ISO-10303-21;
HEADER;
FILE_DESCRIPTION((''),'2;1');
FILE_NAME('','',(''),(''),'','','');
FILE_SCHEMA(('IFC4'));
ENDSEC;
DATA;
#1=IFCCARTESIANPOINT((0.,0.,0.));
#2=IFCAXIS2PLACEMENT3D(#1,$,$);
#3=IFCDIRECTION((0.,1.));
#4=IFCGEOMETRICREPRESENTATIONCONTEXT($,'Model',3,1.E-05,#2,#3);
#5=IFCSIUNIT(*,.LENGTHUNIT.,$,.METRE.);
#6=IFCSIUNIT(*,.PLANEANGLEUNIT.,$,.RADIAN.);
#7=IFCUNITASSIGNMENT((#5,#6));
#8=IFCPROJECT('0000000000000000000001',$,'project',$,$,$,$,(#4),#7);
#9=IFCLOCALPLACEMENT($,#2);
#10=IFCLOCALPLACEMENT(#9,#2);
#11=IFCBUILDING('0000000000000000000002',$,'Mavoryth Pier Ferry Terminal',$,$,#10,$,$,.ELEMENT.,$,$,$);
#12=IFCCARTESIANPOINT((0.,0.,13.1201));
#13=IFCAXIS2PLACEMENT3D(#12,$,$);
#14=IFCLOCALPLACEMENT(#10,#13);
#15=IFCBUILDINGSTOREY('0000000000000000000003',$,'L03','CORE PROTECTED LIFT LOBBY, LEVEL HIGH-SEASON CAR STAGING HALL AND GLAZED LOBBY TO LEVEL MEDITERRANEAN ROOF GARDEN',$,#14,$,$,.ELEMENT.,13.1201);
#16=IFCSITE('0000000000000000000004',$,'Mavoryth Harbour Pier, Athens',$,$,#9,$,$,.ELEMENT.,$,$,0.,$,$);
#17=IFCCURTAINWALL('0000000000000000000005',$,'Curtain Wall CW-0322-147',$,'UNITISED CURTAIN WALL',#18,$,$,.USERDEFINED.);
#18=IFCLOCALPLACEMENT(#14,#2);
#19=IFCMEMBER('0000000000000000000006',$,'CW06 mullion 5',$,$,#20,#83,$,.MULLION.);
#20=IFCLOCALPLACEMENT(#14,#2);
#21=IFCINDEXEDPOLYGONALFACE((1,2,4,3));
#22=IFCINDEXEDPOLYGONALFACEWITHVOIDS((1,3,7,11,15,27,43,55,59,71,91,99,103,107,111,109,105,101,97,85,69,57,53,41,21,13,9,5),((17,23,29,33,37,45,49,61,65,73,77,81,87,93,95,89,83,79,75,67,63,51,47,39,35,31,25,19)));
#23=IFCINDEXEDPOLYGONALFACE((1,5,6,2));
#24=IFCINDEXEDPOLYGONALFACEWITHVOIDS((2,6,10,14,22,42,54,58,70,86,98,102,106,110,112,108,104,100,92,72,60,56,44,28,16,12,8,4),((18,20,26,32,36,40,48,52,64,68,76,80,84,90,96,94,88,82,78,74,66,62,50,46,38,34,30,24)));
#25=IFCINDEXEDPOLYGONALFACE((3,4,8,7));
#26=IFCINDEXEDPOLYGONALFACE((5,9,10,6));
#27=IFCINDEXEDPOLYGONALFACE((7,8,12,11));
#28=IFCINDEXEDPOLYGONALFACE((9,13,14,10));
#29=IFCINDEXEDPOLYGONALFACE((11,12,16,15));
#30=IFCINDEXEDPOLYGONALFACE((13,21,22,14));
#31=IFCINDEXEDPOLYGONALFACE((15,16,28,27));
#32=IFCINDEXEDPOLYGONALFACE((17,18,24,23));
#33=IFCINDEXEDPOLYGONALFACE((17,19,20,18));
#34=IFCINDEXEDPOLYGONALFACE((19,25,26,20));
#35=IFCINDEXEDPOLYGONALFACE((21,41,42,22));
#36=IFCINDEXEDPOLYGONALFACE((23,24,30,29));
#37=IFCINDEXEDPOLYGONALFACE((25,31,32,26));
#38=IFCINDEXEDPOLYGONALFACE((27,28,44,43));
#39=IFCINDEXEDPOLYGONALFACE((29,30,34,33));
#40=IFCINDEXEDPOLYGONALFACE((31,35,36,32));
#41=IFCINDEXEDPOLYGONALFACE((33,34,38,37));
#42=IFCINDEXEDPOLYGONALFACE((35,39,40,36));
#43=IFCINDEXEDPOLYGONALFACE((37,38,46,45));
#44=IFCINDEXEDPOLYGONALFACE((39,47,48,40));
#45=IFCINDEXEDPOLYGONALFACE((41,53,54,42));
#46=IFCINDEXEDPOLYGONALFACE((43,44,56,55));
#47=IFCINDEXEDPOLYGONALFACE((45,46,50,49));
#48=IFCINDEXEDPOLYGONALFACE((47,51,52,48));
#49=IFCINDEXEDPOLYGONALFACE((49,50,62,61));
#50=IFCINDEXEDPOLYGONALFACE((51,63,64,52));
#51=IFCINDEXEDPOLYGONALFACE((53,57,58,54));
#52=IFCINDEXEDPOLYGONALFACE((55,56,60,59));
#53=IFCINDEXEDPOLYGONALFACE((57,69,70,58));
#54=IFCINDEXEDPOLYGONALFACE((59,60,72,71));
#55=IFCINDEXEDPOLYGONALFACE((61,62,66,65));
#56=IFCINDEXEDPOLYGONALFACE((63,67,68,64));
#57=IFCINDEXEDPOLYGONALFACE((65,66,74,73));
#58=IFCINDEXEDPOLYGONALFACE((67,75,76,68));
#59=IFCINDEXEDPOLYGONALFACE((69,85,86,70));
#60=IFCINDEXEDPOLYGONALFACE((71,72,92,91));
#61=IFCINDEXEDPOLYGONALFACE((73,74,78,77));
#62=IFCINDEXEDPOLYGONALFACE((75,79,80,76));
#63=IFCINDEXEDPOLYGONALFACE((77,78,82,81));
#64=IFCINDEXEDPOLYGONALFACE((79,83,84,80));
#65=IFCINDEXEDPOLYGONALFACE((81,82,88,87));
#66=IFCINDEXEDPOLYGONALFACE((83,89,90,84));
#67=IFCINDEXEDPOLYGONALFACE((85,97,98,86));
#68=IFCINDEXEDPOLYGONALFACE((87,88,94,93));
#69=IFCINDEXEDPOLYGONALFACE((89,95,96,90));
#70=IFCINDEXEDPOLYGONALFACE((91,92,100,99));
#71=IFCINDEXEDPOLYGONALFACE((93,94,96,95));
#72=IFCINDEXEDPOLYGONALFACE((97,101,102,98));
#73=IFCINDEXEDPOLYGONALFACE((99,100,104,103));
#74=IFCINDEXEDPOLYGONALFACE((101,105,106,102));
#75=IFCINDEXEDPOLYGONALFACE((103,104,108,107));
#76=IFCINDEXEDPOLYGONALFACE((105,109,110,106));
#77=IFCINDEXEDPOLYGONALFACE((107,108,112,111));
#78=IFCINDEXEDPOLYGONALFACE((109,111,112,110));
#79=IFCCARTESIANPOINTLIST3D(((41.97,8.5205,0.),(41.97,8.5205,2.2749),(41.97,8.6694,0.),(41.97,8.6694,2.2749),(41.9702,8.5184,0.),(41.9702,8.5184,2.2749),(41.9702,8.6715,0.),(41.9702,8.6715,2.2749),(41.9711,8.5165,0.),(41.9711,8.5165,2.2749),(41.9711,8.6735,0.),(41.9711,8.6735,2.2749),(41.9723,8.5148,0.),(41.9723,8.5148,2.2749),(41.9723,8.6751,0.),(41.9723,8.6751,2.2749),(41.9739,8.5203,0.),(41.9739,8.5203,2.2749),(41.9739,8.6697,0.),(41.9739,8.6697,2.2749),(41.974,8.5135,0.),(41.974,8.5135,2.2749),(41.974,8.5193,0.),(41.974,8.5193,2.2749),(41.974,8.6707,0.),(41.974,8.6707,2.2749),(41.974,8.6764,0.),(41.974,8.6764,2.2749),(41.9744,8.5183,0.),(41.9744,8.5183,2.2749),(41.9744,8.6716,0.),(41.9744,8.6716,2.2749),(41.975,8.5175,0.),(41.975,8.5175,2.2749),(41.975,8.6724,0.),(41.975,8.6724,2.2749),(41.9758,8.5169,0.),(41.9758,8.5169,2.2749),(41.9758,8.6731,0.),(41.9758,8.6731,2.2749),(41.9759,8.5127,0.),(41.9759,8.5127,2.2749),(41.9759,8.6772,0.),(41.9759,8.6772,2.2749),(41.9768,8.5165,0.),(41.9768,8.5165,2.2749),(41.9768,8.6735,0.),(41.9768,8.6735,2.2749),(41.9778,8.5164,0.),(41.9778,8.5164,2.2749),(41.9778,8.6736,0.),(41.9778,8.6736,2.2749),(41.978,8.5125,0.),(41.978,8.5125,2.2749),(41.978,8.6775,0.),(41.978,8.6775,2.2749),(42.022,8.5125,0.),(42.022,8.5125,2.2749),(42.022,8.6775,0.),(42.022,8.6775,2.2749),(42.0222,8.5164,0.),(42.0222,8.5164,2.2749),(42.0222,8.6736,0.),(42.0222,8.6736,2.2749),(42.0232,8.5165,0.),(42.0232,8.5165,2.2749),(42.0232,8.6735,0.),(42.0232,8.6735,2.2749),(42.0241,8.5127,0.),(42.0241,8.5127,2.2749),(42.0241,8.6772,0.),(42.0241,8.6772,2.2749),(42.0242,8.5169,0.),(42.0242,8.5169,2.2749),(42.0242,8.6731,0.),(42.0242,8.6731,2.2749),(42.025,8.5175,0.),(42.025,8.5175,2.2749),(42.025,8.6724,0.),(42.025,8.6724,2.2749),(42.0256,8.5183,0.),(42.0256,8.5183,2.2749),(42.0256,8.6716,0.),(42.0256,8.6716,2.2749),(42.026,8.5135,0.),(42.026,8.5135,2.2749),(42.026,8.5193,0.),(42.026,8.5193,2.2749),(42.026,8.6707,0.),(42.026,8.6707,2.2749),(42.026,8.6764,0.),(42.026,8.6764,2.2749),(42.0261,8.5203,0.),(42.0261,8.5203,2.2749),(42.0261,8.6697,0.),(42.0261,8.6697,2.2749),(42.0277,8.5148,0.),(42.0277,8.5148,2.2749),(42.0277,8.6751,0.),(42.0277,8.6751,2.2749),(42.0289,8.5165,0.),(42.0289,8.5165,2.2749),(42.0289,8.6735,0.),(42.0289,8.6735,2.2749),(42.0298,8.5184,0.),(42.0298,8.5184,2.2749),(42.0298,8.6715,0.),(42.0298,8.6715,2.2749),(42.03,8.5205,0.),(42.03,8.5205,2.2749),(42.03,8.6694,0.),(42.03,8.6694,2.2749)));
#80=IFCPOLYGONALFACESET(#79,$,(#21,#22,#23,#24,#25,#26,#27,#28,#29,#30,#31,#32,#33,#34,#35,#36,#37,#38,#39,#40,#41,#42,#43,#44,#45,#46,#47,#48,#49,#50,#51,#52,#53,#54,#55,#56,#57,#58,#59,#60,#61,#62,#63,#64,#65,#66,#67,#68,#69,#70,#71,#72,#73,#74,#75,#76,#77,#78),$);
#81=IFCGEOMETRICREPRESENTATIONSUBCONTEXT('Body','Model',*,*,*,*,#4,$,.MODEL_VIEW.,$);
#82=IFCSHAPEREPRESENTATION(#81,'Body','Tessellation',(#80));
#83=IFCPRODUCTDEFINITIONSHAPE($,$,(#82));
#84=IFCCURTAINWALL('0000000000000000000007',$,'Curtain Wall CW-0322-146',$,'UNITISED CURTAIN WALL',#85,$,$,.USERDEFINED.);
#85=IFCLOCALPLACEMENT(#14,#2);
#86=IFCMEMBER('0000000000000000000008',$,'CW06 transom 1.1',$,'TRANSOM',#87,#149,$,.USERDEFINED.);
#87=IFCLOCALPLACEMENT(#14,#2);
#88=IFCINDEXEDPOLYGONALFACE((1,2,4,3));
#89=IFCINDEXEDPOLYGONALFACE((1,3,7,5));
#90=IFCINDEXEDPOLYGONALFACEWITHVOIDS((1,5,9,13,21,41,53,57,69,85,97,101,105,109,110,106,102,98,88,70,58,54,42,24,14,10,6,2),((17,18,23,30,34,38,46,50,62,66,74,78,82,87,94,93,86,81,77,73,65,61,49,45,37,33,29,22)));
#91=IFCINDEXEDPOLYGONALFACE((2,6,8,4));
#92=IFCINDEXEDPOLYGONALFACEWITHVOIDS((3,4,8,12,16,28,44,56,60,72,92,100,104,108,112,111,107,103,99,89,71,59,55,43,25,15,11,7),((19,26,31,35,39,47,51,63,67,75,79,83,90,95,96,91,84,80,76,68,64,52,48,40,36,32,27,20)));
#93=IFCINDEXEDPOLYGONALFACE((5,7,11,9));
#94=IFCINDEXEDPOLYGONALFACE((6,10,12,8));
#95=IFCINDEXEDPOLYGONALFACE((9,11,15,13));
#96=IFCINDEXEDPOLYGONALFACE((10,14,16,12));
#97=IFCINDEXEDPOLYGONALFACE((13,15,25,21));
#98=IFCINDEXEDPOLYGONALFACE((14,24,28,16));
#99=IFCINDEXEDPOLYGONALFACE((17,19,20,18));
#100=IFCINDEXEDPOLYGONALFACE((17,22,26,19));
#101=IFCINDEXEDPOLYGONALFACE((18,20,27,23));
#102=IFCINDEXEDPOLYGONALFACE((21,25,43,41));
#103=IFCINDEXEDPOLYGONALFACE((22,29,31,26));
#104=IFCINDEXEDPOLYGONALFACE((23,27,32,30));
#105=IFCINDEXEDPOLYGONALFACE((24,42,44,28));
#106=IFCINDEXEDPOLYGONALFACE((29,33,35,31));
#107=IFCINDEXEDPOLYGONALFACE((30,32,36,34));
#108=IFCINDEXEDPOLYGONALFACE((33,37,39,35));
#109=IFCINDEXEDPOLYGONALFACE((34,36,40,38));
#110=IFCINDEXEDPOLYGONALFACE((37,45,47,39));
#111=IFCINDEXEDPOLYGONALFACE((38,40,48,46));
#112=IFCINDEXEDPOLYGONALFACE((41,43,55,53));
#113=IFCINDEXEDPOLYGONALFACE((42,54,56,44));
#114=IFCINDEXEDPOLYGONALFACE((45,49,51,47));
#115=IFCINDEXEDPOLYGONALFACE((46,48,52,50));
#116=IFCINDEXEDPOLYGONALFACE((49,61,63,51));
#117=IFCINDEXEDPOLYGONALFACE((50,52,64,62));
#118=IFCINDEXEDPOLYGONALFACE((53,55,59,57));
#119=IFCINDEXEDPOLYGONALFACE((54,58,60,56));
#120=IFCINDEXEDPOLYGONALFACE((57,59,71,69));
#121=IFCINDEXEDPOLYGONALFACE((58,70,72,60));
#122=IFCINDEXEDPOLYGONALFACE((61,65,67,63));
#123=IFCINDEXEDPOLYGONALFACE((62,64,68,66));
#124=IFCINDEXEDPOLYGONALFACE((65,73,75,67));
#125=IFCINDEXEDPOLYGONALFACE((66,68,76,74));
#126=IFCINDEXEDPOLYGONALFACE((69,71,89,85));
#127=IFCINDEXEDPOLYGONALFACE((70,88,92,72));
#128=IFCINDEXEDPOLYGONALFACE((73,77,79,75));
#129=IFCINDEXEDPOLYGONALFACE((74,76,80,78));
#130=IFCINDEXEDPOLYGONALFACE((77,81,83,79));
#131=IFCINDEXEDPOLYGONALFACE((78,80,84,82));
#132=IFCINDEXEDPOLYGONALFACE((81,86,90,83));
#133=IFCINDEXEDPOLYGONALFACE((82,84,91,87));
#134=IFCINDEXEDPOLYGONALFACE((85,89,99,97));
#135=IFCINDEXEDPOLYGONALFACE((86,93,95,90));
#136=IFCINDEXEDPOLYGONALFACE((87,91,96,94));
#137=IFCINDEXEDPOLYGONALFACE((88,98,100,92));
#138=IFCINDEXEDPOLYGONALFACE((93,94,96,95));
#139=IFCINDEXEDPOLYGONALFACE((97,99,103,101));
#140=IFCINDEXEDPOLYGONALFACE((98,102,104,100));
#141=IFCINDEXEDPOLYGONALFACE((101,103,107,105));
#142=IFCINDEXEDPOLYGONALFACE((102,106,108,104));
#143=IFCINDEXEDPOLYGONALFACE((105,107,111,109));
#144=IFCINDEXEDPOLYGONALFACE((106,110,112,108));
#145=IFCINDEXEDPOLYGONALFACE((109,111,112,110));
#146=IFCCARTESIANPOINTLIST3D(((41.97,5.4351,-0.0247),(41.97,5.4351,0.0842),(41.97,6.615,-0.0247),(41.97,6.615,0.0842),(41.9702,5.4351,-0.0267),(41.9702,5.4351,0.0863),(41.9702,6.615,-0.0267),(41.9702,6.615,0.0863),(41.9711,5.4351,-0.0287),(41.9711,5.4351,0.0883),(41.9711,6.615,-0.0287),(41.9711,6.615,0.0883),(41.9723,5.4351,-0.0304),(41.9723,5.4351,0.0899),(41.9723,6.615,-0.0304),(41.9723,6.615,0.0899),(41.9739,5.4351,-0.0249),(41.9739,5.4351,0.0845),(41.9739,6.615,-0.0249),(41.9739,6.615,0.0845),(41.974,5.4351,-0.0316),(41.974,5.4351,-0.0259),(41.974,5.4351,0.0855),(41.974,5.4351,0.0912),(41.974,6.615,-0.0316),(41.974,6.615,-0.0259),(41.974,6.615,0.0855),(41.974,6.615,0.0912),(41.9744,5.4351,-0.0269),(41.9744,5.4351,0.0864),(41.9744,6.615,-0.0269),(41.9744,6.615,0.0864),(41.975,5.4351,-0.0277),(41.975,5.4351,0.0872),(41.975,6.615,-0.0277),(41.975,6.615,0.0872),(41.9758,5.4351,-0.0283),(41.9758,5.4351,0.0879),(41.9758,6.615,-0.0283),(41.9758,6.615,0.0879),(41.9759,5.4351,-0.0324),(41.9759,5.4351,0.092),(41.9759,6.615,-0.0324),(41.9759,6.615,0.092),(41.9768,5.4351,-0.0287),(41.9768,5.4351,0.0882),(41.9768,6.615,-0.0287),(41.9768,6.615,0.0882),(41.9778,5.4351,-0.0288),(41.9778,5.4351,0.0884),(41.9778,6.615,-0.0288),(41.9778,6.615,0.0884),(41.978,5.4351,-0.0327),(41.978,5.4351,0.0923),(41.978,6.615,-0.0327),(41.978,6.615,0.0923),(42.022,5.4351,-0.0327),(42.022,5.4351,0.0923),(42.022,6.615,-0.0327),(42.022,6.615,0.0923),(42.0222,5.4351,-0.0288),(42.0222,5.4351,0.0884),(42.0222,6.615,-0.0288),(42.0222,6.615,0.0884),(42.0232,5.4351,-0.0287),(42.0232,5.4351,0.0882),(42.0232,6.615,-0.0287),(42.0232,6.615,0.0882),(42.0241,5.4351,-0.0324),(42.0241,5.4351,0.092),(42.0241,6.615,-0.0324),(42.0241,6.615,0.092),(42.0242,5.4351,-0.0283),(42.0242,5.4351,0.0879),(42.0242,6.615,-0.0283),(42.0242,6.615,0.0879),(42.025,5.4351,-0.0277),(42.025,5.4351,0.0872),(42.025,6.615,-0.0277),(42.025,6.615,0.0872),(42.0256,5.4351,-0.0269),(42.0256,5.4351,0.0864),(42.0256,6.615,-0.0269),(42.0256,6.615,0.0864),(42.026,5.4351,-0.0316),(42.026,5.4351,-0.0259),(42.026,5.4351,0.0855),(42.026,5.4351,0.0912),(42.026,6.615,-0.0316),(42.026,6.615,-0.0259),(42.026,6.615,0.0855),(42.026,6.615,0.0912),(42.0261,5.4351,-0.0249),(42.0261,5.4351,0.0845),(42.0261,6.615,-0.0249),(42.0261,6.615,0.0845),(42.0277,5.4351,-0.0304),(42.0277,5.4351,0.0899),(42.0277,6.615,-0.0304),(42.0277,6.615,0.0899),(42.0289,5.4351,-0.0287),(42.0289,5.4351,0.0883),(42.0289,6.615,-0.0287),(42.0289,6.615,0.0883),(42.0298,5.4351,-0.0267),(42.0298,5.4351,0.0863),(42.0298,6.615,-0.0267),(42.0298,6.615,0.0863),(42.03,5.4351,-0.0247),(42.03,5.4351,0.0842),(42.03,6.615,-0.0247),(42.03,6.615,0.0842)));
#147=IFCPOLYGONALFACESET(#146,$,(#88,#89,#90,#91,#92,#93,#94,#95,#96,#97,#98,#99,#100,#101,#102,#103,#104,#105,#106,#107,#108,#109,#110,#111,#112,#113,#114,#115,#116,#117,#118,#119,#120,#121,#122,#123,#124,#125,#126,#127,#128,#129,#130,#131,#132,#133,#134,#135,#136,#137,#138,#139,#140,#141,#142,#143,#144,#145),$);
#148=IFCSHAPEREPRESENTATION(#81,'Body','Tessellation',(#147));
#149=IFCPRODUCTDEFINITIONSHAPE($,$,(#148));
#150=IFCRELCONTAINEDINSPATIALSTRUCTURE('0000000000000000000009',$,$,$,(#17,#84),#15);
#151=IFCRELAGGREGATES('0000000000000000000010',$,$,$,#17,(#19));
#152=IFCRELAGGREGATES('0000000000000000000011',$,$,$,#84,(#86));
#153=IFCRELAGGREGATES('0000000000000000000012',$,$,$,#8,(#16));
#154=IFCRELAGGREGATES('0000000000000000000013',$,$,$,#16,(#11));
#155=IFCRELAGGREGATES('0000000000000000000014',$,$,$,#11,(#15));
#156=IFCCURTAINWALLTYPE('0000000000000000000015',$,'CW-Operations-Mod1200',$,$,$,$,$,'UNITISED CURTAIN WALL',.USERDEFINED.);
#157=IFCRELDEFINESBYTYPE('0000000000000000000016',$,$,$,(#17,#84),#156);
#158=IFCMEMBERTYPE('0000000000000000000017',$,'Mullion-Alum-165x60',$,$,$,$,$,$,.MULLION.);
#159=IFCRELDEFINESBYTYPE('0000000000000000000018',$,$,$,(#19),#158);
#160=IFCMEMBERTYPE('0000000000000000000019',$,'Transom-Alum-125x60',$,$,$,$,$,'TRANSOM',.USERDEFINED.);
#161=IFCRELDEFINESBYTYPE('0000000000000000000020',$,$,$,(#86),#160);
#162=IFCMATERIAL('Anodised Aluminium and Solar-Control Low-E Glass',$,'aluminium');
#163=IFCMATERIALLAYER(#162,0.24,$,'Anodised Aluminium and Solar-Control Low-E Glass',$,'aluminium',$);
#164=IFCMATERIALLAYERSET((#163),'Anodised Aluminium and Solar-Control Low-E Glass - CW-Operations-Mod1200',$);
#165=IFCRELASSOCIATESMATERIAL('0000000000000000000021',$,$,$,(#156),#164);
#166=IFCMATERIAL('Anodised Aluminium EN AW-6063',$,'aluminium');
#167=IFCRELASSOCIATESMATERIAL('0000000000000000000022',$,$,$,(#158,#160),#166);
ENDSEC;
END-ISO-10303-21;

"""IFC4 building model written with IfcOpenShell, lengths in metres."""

from ifc_helpers import new_model, si_unit, direction, frame, origin, origin_2d, place, context, subcontext, project, spatial, hollow_rectangle, extrude, material, layer, layer_set, material_profile, profile_set, type_object, element, aggregate, save


model = new_model("IFC4")

# Units and contexts
model_context = context("Model", 3, precision=1e-05, world=origin(), true_north=direction((0.0, 1.0)))
body_context = subcontext(model_context, "Body", "Model", "MODEL_VIEW")
ifc_project = project(units=[si_unit("LENGTHUNIT", "METRE"), si_unit("PLANEANGLEUNIT", "RADIAN")], contexts=[model_context])

# Site, building, storey
site_placement = place(None, origin())
site = spatial("IfcSite", under=ifc_project, at=site_placement, Name="Mavoryth Harbour Pier, Athens", CompositionType="ELEMENT", RefElevation=0.0)
building_placement = place(site_placement, origin())
building = spatial("IfcBuilding", under=site, at=building_placement, Name="Mavoryth Pier Ferry Terminal", CompositionType="ELEMENT")
storey_placement = place(building_placement, frame((0.0, 0.0, 13.1201)))
storey = spatial("IfcBuildingStorey", under=building, at=storey_placement, Name="L03", Description="CORE PROTECTED LIFT LOBBY, LEVEL HIGH-SEASON CAR STAGING HALL AND GLAZED LOBBY TO LEVEL MEDITERRANEAN ROOF GARDEN", CompositionType="ELEMENT", Elevation=13.1201)

# Curtain wall, member
ifc_material_1 = material(Name="Anodised Aluminium and Solar-Control Low-E Glass", Category="aluminium")
ifc_layer_1 = layer(ifc_material_1, 0.24, Name="Anodised Aluminium and Solar-Control Low-E Glass", Category="aluminium")
ifc_layer_set_1 = layer_set([ifc_layer_1], Name="Anodised Aluminium and Solar-Control Low-E Glass - CW-Operations-Mod1200")
curtain_wall_type = type_object("IfcCurtainWallType", Name="CW-Operations-Mod1200", ElementType="UNITISED CURTAIN WALL", PredefinedType="USERDEFINED", material=ifc_layer_set_1)
curtain_wall_1_placement = place(storey_placement, origin())
curtain_wall_1 = element("IfcCurtainWall", 1, at=curtain_wall_1_placement, inside=storey, type_object=curtain_wall_type, Name="Curtain Wall CW-0322-147", ObjectType="UNITISED CURTAIN WALL", PredefinedType="USERDEFINED")
ifc_material_2 = material(Name="Anodised Aluminium EN AW-6063", Category="aluminium")
ifc_material_profile_1 = material_profile(ifc_material_2, hollow_rectangle(XDim=0.0601, YDim=0.165, WallThickness=0.0039, InnerFilletRadius=0.0039, OuterFilletRadius=0.0081, at=origin_2d()), Name="AL-MULL 165x60x4", Category="aluminium")
ifc_profile_set_1 = profile_set([ifc_material_profile_1], Name="Anodised Aluminium EN AW-6063 - AL-MULL 165x60x4")
member_type_1 = type_object("IfcMemberType", Name="Mullion-Alum-165x60", PredefinedType="MULLION", material=ifc_profile_set_1)
member_1_placement = place(storey_placement, frame((42.0, 8.595, 0.0), z_axis=(0.0, 0.0, 1.0), x_axis=(1.0, 0.0, 0.0)))
member_1 = element("IfcMember", 2, at=member_1_placement, type_object=member_type_1, Name="CW06 mullion 5", PredefinedType="MULLION", context=body_context, shape_type="SweptSolid", body=[
    extrude(hollow_rectangle(XDim=0.0601, YDim=0.165, WallThickness=0.0039, InnerFilletRadius=0.0039, OuterFilletRadius=0.0081, at=origin_2d()), origin(), (0.0, 0.0, 1.0), 2.2749),
])
aggregate(curtain_wall_1, [member_1])

# Curtain wall, member
curtain_wall_2_placement = place(storey_placement, origin())
curtain_wall_2 = element("IfcCurtainWall", 3, at=curtain_wall_2_placement, inside=storey, type_object=curtain_wall_type, Name="Curtain Wall CW-0322-146", ObjectType="UNITISED CURTAIN WALL", PredefinedType="USERDEFINED")
ifc_material_profile_2 = material_profile(ifc_material_2, hollow_rectangle(XDim=0.0601, YDim=0.125, WallThickness=0.0039, InnerFilletRadius=0.0039, OuterFilletRadius=0.0081, at=origin_2d()), Name="AL-TRAN 125x60x4", Category="aluminium")
ifc_profile_set_2 = profile_set([ifc_material_profile_2], Name="Anodised Aluminium EN AW-6063 - AL-TRAN 125x60x4")
member_type_2 = type_object("IfcMemberType", Name="Transom-Alum-125x60", ElementType="TRANSOM", PredefinedType="USERDEFINED", material=ifc_profile_set_2)
member_2_placement = place(storey_placement, frame((42.0, 6.615, 0.0298), z_axis=(0.0, -1.0, 0.0), x_axis=(1.0, 0.0, 0.0)))
member_2 = element("IfcMember", 4, at=member_2_placement, type_object=member_type_2, Name="CW06 transom 1.1", ObjectType="TRANSOM", PredefinedType="USERDEFINED", context=body_context, shape_type="SweptSolid", body=[
    extrude(hollow_rectangle(XDim=0.0601, YDim=0.125, WallThickness=0.0039, InnerFilletRadius=0.0039, OuterFilletRadius=0.0081, at=origin_2d()), origin(), (0.0, 0.0, 1.0), 1.1799),
])
aggregate(curtain_wall_2, [member_2])

save(model, "model.ifc")
